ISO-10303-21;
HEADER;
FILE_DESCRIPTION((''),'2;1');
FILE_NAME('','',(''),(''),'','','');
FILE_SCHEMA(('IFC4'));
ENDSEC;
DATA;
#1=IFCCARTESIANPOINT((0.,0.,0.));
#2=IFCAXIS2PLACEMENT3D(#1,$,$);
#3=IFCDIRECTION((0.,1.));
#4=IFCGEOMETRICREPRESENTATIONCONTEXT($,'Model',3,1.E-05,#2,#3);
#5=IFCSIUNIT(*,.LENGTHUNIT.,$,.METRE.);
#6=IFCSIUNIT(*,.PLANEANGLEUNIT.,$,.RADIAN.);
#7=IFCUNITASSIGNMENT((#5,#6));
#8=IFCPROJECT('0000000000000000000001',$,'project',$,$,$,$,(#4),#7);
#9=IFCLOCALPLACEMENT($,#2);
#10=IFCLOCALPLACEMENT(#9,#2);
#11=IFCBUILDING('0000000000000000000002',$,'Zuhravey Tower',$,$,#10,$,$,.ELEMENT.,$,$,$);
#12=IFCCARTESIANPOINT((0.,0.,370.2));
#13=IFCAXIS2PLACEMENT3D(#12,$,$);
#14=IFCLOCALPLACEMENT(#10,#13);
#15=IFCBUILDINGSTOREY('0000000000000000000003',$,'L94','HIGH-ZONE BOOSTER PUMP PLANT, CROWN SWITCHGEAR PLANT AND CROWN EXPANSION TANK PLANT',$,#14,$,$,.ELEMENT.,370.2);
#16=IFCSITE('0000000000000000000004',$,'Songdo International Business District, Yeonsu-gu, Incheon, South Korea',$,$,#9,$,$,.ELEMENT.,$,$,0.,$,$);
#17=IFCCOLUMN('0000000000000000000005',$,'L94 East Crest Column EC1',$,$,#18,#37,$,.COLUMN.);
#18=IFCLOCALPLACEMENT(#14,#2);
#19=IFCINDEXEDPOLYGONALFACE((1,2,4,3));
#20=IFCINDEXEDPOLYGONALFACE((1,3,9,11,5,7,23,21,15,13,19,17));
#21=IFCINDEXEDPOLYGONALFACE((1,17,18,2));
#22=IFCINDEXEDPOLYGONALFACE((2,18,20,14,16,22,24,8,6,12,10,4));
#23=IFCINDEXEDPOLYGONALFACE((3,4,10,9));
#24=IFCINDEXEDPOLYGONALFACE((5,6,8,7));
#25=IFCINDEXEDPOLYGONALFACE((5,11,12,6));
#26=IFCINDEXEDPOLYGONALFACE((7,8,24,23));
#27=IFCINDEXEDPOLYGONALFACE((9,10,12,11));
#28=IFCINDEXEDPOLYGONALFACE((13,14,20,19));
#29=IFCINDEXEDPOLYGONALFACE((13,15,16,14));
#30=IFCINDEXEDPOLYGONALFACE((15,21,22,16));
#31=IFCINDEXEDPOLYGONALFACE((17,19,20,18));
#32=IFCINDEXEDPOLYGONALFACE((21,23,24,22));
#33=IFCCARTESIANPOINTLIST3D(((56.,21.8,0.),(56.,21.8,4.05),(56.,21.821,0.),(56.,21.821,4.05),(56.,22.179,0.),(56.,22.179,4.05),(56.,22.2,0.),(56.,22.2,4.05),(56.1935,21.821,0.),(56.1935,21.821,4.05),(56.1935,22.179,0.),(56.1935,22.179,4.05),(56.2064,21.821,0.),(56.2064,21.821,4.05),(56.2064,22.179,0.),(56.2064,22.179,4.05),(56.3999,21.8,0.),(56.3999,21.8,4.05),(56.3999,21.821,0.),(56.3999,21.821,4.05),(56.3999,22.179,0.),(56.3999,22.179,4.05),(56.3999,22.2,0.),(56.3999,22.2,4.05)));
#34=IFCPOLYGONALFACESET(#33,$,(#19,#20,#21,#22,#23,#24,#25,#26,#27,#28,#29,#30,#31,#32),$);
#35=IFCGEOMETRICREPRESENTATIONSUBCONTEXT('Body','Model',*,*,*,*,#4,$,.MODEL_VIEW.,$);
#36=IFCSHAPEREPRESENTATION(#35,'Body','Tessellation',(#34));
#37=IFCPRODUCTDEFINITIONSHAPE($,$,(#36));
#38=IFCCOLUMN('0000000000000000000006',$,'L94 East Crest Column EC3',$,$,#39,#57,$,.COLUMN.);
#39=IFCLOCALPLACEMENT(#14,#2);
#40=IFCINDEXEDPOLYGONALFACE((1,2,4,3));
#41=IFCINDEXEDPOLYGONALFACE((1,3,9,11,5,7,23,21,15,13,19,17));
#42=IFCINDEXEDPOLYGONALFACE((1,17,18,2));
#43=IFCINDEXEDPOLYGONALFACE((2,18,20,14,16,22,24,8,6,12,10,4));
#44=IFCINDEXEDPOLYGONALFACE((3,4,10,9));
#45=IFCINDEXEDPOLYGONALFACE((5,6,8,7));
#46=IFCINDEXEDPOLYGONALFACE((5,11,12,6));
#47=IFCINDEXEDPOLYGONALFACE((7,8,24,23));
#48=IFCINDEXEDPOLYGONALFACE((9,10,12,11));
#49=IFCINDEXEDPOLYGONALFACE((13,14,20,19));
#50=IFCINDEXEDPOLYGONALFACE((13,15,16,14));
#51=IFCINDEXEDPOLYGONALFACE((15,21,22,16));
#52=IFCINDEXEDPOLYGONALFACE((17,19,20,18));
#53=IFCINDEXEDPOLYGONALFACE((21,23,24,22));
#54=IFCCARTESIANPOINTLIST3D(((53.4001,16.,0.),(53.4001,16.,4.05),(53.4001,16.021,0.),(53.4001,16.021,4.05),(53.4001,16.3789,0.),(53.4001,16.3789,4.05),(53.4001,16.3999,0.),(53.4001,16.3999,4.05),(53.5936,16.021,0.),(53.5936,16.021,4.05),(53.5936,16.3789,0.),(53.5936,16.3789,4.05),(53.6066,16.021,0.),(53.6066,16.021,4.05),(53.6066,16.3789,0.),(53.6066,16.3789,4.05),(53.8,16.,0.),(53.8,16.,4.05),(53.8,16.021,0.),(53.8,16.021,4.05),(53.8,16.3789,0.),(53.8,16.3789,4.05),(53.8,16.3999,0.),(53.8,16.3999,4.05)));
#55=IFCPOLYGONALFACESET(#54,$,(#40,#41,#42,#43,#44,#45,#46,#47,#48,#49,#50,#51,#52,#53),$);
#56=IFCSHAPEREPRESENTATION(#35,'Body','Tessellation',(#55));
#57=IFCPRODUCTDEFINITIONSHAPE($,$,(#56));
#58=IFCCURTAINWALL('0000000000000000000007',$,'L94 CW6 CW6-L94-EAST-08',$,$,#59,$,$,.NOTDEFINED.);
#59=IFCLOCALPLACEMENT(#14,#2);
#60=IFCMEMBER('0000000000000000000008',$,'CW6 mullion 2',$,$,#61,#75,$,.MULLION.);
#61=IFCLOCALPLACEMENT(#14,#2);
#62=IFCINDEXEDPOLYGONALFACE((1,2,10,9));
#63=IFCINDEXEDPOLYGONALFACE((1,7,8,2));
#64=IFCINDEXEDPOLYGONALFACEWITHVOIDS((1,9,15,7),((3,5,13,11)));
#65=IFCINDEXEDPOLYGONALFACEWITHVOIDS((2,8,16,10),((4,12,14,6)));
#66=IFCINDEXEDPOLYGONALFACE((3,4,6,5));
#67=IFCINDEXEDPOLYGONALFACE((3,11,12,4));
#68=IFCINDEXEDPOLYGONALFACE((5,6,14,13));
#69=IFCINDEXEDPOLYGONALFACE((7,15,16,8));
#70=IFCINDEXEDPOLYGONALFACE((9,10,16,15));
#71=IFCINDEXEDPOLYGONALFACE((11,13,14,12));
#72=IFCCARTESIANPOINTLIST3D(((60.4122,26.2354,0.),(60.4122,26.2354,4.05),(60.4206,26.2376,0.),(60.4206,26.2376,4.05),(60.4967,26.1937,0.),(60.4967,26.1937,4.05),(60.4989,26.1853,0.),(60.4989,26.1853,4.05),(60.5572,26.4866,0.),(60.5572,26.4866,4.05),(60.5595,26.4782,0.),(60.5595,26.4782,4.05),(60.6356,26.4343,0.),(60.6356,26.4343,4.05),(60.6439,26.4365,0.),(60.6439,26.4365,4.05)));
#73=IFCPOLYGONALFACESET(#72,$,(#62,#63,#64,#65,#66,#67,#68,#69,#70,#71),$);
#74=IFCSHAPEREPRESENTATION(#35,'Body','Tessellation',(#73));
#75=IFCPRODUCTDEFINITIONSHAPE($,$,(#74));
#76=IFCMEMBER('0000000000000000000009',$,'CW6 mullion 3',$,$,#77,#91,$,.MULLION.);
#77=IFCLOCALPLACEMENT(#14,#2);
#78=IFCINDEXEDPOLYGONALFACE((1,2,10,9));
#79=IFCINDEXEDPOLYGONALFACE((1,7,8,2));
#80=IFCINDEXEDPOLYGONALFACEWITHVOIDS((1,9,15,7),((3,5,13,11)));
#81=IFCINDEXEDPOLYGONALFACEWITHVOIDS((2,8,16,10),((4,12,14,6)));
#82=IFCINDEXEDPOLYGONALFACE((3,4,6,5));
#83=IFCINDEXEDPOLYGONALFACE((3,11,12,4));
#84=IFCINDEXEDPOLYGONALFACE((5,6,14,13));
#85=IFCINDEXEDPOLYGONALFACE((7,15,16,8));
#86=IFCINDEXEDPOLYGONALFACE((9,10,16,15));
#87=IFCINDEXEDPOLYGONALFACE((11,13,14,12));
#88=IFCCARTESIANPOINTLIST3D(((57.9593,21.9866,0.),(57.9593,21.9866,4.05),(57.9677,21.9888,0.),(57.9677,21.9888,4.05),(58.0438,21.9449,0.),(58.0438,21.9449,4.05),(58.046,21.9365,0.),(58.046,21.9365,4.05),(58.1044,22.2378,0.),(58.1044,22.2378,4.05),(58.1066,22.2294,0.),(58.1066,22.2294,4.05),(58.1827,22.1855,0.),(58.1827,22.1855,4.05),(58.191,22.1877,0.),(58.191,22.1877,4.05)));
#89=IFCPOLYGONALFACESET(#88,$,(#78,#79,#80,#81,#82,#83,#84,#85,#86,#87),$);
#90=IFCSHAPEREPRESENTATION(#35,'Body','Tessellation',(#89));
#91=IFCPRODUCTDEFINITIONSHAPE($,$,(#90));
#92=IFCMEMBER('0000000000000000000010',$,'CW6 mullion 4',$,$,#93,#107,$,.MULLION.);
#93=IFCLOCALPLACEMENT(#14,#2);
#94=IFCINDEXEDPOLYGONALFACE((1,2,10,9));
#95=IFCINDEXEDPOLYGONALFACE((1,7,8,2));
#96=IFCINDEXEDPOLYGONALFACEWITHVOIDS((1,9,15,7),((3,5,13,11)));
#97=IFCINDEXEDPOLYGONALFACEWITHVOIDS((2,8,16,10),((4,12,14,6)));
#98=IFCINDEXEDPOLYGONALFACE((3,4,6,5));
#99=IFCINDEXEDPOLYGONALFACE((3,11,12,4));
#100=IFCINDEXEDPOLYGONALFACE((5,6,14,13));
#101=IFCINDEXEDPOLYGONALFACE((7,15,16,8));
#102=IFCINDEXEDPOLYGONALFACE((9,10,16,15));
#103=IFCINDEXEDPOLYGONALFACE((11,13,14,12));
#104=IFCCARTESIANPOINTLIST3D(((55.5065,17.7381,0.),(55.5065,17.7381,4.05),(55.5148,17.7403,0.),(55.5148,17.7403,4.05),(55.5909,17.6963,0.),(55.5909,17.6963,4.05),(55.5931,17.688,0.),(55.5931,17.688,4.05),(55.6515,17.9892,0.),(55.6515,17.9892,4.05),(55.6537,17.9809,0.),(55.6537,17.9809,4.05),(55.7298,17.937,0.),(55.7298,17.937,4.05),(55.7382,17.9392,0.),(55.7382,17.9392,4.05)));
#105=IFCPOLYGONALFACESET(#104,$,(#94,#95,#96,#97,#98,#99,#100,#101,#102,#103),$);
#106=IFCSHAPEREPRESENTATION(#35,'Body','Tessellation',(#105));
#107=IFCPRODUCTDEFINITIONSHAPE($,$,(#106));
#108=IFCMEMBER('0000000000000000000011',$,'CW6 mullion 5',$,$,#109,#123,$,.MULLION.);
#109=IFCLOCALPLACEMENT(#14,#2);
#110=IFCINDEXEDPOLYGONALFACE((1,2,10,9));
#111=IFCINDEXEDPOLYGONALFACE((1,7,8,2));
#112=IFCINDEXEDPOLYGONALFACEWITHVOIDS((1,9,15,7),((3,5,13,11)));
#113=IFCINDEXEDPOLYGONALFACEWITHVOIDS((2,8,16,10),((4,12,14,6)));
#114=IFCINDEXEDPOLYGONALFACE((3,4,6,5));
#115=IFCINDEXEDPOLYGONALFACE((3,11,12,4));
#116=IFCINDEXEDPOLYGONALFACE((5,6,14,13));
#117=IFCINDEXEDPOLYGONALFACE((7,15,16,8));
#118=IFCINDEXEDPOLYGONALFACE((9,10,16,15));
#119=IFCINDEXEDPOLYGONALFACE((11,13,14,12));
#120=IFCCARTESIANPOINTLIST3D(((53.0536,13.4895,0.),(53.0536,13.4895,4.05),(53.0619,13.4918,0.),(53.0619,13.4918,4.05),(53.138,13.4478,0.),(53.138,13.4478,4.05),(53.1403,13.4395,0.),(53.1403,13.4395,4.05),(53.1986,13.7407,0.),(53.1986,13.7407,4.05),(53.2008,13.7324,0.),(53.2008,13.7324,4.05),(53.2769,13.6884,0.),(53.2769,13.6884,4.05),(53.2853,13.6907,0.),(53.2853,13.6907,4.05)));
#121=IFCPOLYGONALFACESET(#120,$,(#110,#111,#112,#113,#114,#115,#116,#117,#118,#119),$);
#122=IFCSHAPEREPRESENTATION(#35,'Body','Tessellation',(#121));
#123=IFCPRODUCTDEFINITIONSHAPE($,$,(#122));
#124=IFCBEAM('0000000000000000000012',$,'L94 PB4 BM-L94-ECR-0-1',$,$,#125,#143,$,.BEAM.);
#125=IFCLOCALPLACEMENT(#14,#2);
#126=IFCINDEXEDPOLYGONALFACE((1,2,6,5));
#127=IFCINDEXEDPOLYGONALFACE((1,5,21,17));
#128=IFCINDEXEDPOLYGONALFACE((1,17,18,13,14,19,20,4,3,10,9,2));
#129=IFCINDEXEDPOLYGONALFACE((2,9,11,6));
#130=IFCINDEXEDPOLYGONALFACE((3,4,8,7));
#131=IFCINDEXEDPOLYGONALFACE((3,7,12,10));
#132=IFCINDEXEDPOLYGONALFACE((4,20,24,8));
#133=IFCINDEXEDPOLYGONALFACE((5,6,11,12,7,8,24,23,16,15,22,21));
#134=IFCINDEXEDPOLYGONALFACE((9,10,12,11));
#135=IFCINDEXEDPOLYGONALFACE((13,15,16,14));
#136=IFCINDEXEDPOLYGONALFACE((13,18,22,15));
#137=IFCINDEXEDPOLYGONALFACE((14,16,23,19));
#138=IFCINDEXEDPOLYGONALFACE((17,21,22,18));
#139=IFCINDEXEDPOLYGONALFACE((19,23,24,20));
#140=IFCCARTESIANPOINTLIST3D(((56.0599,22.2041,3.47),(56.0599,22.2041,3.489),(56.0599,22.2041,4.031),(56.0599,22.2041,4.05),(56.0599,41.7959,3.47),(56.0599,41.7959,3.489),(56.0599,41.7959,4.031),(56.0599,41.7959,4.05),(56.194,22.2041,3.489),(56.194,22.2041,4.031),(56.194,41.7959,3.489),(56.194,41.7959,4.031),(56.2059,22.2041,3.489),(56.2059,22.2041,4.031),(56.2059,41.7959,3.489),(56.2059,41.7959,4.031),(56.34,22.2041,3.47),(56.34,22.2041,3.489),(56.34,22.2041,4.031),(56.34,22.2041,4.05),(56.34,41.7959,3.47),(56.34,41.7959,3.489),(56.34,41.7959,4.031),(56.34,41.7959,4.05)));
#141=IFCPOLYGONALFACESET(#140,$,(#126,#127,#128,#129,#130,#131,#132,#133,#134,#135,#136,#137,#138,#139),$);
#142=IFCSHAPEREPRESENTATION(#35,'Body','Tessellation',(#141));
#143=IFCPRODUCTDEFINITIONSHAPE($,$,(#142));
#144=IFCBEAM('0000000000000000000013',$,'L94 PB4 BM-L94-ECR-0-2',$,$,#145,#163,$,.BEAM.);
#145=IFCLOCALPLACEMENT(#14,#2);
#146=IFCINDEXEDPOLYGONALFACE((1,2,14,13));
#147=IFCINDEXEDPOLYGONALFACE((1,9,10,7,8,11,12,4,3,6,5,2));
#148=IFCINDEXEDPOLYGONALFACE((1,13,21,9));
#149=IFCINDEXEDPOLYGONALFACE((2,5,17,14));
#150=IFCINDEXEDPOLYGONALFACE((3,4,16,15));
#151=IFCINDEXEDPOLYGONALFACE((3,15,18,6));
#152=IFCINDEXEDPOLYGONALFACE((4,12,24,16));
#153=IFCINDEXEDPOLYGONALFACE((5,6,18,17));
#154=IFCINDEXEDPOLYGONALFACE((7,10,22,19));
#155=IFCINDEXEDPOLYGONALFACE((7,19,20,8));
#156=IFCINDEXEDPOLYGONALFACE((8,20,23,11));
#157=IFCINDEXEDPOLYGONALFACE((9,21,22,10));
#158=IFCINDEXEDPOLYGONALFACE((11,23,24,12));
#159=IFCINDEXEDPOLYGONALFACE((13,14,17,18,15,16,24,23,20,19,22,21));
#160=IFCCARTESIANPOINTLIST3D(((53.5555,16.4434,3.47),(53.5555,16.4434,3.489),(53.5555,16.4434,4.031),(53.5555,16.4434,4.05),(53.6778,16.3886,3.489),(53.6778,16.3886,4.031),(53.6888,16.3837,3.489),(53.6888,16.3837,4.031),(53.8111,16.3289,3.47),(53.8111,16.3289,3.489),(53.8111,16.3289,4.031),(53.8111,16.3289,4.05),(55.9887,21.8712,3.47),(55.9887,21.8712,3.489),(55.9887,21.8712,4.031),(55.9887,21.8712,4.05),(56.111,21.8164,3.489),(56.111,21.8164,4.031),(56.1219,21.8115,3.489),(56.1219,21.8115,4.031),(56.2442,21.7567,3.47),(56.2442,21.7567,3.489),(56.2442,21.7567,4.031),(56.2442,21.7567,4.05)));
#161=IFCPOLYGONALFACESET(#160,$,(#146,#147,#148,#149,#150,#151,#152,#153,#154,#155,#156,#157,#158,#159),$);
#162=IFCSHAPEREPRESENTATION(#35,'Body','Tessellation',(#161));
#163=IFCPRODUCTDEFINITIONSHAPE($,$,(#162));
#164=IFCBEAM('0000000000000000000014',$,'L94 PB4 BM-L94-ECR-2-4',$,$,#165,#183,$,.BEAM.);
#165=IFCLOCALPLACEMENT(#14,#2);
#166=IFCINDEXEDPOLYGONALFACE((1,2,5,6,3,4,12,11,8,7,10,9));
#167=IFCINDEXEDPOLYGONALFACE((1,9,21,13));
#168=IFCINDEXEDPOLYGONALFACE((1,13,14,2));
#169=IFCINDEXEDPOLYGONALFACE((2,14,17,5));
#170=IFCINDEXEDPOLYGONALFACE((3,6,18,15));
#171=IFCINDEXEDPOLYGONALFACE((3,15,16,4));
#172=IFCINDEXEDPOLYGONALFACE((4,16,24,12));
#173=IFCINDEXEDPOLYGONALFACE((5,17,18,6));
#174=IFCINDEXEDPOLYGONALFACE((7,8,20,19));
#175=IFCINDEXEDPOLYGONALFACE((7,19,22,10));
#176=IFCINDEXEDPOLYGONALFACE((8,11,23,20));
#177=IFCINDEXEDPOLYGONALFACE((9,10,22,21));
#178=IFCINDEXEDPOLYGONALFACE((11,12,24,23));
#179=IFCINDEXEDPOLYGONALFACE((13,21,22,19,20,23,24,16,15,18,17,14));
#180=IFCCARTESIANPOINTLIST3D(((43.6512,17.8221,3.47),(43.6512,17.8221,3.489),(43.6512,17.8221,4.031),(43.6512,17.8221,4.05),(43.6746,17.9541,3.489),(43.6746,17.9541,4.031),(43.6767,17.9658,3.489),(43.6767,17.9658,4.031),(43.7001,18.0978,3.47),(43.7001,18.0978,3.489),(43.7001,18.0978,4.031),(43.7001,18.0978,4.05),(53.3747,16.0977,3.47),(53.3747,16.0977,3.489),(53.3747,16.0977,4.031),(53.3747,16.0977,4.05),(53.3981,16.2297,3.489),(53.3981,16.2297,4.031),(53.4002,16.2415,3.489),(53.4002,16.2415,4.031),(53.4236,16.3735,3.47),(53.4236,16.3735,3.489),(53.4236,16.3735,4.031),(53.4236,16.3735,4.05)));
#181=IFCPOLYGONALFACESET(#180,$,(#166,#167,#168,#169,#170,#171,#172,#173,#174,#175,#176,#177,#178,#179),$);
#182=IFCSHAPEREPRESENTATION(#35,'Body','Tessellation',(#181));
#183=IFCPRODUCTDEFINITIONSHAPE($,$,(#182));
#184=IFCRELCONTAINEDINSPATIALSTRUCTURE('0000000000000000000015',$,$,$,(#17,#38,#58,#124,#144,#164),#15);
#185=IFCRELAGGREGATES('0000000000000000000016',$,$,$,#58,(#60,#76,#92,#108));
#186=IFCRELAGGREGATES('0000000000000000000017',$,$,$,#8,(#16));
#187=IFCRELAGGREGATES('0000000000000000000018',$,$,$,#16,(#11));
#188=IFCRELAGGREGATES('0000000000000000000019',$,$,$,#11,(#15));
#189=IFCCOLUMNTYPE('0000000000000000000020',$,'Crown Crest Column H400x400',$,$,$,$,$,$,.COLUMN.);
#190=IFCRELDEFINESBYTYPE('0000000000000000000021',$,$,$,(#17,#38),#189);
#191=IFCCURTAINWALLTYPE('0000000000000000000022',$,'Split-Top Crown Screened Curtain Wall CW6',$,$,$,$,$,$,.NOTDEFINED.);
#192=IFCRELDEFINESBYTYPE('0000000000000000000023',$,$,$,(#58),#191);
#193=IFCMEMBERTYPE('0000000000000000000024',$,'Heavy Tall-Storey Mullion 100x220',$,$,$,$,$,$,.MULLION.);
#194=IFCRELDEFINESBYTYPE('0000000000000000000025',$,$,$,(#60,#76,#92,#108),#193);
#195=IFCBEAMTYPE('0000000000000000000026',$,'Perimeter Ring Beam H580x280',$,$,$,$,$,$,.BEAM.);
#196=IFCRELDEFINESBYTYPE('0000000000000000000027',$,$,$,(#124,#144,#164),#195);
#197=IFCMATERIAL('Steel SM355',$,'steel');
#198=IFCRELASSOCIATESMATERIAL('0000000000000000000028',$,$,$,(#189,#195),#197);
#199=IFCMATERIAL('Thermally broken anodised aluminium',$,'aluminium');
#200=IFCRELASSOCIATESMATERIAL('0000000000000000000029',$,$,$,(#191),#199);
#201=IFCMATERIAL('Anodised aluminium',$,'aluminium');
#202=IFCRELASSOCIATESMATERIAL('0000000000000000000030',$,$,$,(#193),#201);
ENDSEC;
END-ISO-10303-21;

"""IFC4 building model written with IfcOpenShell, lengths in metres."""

from ifc_helpers import new_model, si_unit, direction, frame, origin, origin_2d, place, context, subcontext, project, spatial, hollow_rectangle, i_section, extrude, material, material_profile, profile_set, type_object, element, aggregate, save


model = new_model("IFC4")

# Units and contexts
model_context = context("Model", 3, precision=1e-05, world=origin(), true_north=direction((0.0, 1.0)))
body_context = subcontext(model_context, "Body", "Model", "MODEL_VIEW")
ifc_project = project(units=[si_unit("LENGTHUNIT", "METRE"), si_unit("PLANEANGLEUNIT", "RADIAN")], contexts=[model_context])

# Site, building, storey
site_placement = place(None, origin())
site = spatial("IfcSite", under=ifc_project, at=site_placement, Name="Songdo International Business District, Yeonsu-gu, Incheon, South Korea", CompositionType="ELEMENT", RefElevation=0.0)
building_placement = place(site_placement, origin())
building = spatial("IfcBuilding", under=site, at=building_placement, Name="Zuhravey Tower", CompositionType="ELEMENT")
storey_placement = place(building_placement, frame((0.0, 0.0, 370.2)))
storey = spatial("IfcBuildingStorey", under=building, at=storey_placement, Name="L94", Description="HIGH-ZONE BOOSTER PUMP PLANT, CROWN SWITCHGEAR PLANT AND CROWN EXPANSION TANK PLANT", CompositionType="ELEMENT", Elevation=370.2)

# Columns
ifc_material_1 = material(Name="Steel SM355", Category="steel")
ifc_material_profile_1 = material_profile(ifc_material_1, i_section(OverallWidth=0.3999, OverallDepth=0.3999, WebThickness=0.0129, FlangeThickness=0.021, at=origin_2d()), Name="H-400x400x13x21")
ifc_profile_set_1 = profile_set([ifc_material_profile_1], Name="Steel SM355")
column_type = type_object("IfcColumnType", Name="Crown Crest Column H400x400", PredefinedType="COLUMN", material=ifc_profile_set_1)
for number, where, z_axis, x_axis, name in (
    (1, (56.2, 22.0, 0.0), (0.0, 0.0, 1.0), (1.0, 0.0, 0.0), "L94 East Crest Column EC1"),
    (2, (53.6001, 16.2, 0.0), (0.0, 0.0, 1.0), (1.0, 0.0, 0.0), "L94 East Crest Column EC3"),
):
    element("IfcColumn", number, at=place(storey_placement, frame(where, z_axis=z_axis, x_axis=x_axis)), inside=storey, type_object=column_type, Name=name, PredefinedType="COLUMN", context=body_context, shape_type="SweptSolid", body=[
        extrude(i_section(OverallWidth=0.3999, OverallDepth=0.3999, WebThickness=0.0129, FlangeThickness=0.021, at=origin_2d()), origin(), (0.0, 0.0, 1.0), 4.05),
    ])

# Curtain wall, members
ifc_material_2 = material(Name="Thermally broken anodised aluminium", Category="aluminium")
curtain_wall_type = type_object("IfcCurtainWallType", Name="Split-Top Crown Screened Curtain Wall CW6", PredefinedType="NOTDEFINED", material=ifc_material_2)
curtain_wall_placement = place(storey_placement, origin())
curtain_wall = element("IfcCurtainWall", 3, at=curtain_wall_placement, inside=storey, type_object=curtain_wall_type, Name="L94 CW6 CW6-L94-EAST-08", PredefinedType="NOTDEFINED")
ifc_material_3 = material(Name="Anodised aluminium", Category="aluminium")
ifc_material_profile_2 = material_profile(ifc_material_3, hollow_rectangle(XDim=0.1001, YDim=0.29, WallThickness=0.0061, at=origin_2d()), Name="ALU-RHS-100x290x6")
ifc_profile_set_2 = profile_set([ifc_material_profile_2], Name="Anodised aluminium")
member_type_1 = type_object("IfcMemberType", Name="Heavy Tall-Storey Mullion 100x220", PredefinedType="MULLION", material=ifc_profile_set_2)
member_1_placement = place(storey_placement, frame((60.5281, 26.3359, 0.0), z_axis=(0.0, 0.0, 1.0), x_axis=(0.866027, -0.499997, 0.0)))
member_1 = element("IfcMember", 4, at=member_1_placement, type_object=member_type_1, Name="CW6 mullion 2", PredefinedType="MULLION", context=body_context, shape_type="SweptSolid", body=[
    extrude(hollow_rectangle(XDim=0.1001, YDim=0.29, WallThickness=0.0061, at=origin_2d()), origin(), (0.0, 0.0, 1.0), 4.05),
])
member_2_placement = place(storey_placement, frame((58.0752, 22.0872, 0.0), z_axis=(0.0, 0.0, 1.0), x_axis=(0.866027, -0.499997, 0.0)))
member_2 = element("IfcMember", 5, at=member_2_placement, type_object=member_type_1, Name="CW6 mullion 3", PredefinedType="MULLION", context=body_context, shape_type="SweptSolid", body=[
    extrude(hollow_rectangle(XDim=0.1001, YDim=0.29, WallThickness=0.0061, at=origin_2d()), origin(), (0.0, 0.0, 1.0), 4.05),
])
member_3_placement = place(storey_placement, frame((55.6223, 17.8386, 0.0), z_axis=(0.0, 0.0, 1.0), x_axis=(0.866027, -0.499997, 0.0)))
member_3 = element("IfcMember", 6, at=member_3_placement, type_object=member_type_1, Name="CW6 mullion 4", PredefinedType="MULLION", context=body_context, shape_type="SweptSolid", body=[
    extrude(hollow_rectangle(XDim=0.1001, YDim=0.29, WallThickness=0.0061, at=origin_2d()), origin(), (0.0, 0.0, 1.0), 4.05),
])
member_4_placement = place(storey_placement, frame((53.1694, 13.5901, 0.0), z_axis=(0.0, 0.0, 1.0), x_axis=(0.866027, -0.499997, 0.0)))
member_4 = element("IfcMember", 7, at=member_4_placement, type_object=member_type_1, Name="CW6 mullion 5", PredefinedType="MULLION", context=body_context, shape_type="SweptSolid", body=[
    extrude(hollow_rectangle(XDim=0.1001, YDim=0.29, WallThickness=0.0061, at=origin_2d()), origin(), (0.0, 0.0, 1.0), 4.05),
])

# Beams
ifc_material_profile_3 = material_profile(ifc_material_1, i_section(OverallWidth=0.28, OverallDepth=0.5801, WebThickness=0.012, FlangeThickness=0.019, at=origin_2d()), Name="H-580x280x12x19")
ifc_profile_set_3 = profile_set([ifc_material_profile_3], Name="Steel SM355")
beam_type = type_object("IfcBeamType", Name="Perimeter Ring Beam H580x280", PredefinedType="BEAM", material=ifc_profile_set_3)
beam_1_placement = place(storey_placement, frame((56.2, 22.2041, 3.76), z_axis=(0.0, 1.0, 0.0), x_axis=(-1.0, 0.0, 0.0)))
element("IfcBeam", 8, at=beam_1_placement, inside=storey, type_object=beam_type, Name="L94 PB4 BM-L94-ECR-0-1", PredefinedType="BEAM", context=body_context, shape_type="SweptSolid", body=[
    extrude(i_section(OverallWidth=0.28, OverallDepth=0.5801, WebThickness=0.012, FlangeThickness=0.019, at=origin_2d()), origin(), (0.0, 0.0, 1.0), 19.5918),
])
beam_2_placement = place(storey_placement, frame((56.1165, 21.814, 3.76), z_axis=(-0.409054, -0.91251, 0.0), x_axis=(0.91251, -0.409054, 0.0)))
element("IfcBeam", 9, at=beam_2_placement, inside=storey, type_object=beam_type, Name="L94 PB4 BM-L94-ECR-0-2", PredefinedType="BEAM", context=body_context, shape_type="SweptSolid", body=[
    extrude(i_section(OverallWidth=0.28, OverallDepth=0.5801, WebThickness=0.012, FlangeThickness=0.019, at=origin_2d()), origin(), (0.0, 0.0, 1.0), 5.9482),
])
beam_3_placement = place(storey_placement, frame((53.3992, 16.2356, 3.76), z_axis=(-0.984637, 0.174613, 0.0), x_axis=(-0.174613, -0.984637, 0.0)))
element("IfcBeam", 10, at=beam_3_placement, inside=storey, type_object=beam_type, Name="L94 PB4 BM-L94-ECR-2-4", PredefinedType="BEAM", context=body_context, shape_type="SweptSolid", body=[
    extrude(i_section(OverallWidth=0.28, OverallDepth=0.5801, WebThickness=0.012, FlangeThickness=0.019, at=origin_2d()), origin(), (0.0, 0.0, 1.0), 9.8752),
])

aggregate(curtain_wall, [member_1, member_2, member_3, member_4])

save(model, "model.ifc")
